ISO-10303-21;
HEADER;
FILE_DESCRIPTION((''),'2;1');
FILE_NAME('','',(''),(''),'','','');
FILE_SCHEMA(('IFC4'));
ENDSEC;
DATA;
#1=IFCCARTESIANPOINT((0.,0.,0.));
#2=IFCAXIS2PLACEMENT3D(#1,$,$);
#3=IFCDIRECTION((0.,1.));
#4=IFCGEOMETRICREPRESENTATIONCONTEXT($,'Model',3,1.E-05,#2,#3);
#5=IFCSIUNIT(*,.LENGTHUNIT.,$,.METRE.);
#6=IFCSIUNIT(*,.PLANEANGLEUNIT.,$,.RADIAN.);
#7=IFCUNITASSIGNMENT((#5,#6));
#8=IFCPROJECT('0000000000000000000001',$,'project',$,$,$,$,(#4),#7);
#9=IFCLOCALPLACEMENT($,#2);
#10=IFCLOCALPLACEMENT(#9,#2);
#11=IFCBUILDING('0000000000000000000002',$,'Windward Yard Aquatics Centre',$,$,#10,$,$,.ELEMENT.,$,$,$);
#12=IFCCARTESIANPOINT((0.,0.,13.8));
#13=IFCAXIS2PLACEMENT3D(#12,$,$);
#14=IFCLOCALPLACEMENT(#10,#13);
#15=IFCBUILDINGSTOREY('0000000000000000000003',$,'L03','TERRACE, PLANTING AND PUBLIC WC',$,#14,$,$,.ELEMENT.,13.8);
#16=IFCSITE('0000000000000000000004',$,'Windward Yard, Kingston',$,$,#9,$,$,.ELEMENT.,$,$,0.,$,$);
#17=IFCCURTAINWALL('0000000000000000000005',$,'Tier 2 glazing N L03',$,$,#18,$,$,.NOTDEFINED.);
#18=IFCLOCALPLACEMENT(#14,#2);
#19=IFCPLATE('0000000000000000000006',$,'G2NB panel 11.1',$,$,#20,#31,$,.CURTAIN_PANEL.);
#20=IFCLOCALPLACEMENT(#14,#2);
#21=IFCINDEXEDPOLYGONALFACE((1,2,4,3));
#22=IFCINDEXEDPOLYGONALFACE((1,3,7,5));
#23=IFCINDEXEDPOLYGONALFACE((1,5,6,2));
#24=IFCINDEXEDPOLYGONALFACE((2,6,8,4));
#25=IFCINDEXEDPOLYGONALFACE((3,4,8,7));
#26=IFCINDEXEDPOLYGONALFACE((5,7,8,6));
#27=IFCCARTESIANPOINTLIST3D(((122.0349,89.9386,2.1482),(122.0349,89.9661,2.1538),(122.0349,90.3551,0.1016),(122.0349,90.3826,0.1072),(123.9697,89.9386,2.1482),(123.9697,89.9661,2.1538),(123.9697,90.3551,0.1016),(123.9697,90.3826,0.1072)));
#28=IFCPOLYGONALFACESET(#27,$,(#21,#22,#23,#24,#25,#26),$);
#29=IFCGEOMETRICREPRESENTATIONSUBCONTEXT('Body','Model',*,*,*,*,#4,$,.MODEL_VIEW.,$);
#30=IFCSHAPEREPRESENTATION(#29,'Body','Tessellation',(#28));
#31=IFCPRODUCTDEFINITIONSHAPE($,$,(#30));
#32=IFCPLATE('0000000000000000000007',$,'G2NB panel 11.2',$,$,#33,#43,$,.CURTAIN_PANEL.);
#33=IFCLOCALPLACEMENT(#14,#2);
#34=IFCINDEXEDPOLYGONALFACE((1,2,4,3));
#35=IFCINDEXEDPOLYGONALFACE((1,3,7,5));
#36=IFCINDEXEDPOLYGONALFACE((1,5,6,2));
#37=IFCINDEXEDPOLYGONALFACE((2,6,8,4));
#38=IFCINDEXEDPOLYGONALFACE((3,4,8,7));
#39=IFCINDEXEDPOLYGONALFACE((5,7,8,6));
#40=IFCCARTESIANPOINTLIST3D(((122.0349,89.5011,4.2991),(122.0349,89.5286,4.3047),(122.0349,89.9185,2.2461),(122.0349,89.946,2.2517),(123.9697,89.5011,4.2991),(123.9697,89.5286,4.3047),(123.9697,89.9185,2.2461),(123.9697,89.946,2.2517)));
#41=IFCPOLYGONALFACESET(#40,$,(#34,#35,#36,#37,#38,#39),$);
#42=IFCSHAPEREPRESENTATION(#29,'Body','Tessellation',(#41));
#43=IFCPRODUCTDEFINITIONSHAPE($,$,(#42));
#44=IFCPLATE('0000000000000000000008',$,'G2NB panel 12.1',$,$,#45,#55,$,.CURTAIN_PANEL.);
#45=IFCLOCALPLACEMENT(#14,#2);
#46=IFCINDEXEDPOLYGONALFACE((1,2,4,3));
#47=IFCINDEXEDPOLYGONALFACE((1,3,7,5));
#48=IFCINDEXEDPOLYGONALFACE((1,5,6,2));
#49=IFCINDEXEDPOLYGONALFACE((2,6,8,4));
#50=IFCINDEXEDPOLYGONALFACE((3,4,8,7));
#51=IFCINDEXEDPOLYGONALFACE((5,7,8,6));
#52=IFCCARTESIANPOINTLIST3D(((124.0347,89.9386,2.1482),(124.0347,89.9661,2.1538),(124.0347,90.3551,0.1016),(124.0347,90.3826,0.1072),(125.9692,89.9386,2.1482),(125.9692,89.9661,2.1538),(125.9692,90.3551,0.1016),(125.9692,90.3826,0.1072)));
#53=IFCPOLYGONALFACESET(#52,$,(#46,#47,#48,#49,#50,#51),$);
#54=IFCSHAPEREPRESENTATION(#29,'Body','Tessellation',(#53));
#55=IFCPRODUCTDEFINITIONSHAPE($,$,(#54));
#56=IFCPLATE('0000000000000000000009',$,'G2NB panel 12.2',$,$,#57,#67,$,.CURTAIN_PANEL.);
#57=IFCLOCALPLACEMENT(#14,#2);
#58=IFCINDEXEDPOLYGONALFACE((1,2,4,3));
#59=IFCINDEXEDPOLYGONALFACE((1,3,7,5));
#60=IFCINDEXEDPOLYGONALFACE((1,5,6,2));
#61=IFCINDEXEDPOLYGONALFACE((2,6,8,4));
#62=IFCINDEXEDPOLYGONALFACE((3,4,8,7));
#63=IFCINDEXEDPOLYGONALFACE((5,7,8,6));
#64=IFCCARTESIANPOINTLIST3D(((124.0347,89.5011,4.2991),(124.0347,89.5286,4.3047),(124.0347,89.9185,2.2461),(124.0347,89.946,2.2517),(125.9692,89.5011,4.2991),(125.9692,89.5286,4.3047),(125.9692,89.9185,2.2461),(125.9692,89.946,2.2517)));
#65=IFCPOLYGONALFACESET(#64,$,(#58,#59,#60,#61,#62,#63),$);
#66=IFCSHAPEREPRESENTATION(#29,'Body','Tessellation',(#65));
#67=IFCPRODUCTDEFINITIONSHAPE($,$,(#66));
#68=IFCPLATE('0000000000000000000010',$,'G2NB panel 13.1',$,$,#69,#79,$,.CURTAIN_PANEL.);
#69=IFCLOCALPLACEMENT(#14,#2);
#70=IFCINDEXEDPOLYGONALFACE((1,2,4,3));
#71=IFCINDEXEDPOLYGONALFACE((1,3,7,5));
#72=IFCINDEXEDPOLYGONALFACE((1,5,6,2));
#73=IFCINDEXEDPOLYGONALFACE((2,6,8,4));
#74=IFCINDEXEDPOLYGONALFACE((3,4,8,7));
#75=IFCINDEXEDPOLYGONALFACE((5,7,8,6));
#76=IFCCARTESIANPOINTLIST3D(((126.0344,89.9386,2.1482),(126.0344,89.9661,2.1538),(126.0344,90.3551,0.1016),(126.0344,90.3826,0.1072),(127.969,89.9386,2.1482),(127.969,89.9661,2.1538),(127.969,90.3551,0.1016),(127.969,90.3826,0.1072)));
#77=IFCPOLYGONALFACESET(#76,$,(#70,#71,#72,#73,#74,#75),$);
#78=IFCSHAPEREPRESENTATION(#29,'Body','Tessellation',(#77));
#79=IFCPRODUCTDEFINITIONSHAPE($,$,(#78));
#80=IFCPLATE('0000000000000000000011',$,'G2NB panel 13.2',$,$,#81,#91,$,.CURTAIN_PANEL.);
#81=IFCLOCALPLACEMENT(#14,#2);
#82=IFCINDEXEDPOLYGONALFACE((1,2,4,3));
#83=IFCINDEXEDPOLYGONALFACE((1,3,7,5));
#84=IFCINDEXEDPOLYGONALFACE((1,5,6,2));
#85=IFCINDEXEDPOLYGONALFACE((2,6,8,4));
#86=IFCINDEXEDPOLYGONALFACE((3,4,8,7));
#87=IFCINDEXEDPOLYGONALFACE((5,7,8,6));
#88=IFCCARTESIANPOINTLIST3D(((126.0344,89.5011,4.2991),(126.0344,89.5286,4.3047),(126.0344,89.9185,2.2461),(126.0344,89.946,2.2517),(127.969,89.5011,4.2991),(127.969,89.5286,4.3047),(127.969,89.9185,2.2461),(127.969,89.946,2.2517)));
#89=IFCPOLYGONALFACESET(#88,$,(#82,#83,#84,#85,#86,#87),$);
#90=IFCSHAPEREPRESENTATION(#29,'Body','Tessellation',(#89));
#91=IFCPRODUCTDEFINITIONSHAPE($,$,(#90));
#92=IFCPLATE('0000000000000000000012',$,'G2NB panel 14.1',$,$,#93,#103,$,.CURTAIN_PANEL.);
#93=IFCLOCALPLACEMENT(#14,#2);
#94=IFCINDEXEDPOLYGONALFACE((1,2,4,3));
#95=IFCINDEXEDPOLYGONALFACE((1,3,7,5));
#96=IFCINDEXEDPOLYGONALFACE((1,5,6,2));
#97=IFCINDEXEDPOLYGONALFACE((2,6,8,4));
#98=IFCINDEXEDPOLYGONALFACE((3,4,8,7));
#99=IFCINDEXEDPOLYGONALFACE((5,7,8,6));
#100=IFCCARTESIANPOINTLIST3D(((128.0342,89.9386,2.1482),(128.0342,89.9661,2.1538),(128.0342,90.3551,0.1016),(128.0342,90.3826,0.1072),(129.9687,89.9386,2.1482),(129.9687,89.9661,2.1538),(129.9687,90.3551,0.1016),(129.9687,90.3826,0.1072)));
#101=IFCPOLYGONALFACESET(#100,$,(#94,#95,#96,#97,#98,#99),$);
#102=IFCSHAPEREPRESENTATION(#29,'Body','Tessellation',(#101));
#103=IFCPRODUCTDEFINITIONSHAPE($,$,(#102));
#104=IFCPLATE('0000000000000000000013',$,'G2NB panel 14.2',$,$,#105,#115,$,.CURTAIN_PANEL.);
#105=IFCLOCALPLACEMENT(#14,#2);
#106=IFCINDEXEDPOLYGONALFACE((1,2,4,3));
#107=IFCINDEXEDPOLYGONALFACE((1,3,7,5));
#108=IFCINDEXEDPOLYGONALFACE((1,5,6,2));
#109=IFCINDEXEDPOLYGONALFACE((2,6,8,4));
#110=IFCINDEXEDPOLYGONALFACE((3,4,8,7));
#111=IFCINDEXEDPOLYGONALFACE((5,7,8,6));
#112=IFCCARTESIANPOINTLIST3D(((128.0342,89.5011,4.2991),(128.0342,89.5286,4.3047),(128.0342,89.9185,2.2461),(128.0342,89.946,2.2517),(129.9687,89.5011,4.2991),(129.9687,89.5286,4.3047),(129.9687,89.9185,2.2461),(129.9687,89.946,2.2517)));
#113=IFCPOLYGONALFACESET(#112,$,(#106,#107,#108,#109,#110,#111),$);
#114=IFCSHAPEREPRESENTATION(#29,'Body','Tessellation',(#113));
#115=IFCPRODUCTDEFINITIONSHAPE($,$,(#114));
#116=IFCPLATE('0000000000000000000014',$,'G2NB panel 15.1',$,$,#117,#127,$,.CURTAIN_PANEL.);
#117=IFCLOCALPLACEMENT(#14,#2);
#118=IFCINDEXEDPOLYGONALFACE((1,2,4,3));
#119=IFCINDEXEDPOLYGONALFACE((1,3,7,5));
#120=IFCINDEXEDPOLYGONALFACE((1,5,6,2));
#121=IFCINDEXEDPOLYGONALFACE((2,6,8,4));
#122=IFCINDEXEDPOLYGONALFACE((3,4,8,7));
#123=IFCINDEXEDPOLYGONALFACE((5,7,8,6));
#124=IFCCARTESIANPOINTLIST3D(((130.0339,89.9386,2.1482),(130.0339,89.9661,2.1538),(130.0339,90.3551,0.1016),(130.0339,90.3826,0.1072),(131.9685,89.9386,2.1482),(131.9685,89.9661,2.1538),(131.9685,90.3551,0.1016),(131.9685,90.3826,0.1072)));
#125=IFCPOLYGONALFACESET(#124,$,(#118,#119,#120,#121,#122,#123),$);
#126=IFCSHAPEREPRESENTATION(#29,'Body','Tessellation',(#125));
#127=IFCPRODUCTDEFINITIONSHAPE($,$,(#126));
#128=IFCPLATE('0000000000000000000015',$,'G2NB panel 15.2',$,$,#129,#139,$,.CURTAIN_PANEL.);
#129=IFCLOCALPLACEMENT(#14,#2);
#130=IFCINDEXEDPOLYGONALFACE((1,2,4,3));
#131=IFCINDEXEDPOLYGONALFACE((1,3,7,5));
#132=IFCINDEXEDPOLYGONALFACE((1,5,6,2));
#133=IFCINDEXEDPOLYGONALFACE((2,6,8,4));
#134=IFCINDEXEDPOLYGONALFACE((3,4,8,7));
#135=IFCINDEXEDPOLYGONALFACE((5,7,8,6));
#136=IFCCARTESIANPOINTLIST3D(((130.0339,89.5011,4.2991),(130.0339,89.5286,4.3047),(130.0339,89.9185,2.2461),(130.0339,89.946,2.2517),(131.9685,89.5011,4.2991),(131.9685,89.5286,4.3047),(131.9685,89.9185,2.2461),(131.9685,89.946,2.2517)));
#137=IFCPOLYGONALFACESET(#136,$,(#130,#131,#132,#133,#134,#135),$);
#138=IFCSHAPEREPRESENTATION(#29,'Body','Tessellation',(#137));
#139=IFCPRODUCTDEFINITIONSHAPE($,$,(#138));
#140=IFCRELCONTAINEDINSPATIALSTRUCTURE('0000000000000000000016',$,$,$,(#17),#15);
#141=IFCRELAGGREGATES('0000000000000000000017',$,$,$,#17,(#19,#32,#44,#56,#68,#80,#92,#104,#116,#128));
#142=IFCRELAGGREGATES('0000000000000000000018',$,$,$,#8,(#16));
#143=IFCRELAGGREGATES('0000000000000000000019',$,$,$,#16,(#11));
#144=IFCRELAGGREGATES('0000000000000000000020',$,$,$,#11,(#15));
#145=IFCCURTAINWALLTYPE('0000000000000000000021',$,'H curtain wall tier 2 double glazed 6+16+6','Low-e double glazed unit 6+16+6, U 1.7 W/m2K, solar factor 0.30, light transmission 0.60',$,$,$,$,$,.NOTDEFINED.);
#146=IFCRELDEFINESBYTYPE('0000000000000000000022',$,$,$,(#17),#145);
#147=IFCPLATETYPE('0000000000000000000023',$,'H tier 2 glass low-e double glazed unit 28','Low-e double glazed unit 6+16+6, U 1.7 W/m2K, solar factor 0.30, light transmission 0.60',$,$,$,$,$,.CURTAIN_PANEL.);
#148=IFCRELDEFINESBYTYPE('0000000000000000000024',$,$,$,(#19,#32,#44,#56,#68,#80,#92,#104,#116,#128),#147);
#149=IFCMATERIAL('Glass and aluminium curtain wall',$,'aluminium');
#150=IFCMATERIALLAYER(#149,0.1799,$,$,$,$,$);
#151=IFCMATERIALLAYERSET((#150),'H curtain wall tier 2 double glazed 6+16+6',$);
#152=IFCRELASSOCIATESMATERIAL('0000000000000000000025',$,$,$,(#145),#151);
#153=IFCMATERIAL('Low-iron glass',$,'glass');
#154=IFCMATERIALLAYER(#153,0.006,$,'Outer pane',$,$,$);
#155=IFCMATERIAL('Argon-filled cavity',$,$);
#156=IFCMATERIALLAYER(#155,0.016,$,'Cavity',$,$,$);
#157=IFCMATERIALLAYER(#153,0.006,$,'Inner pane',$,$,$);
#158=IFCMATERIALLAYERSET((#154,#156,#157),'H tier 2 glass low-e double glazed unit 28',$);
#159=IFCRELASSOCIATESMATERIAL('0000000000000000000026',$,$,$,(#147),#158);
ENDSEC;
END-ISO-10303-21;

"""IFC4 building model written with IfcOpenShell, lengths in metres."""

from ifc_helpers import new_model, si_unit, direction, frame, origin, place, context, subcontext, project, spatial, polyline, outline, extrude, material, layer, layer_set, type_object, element, aggregate, save


model = new_model("IFC4")

# Units and contexts
model_context = context("Model", 3, precision=1e-05, world=origin(), true_north=direction((0.0, 1.0)))
body_context = subcontext(model_context, "Body", "Model", "MODEL_VIEW")
ifc_project = project(units=[si_unit("LENGTHUNIT", "METRE"), si_unit("PLANEANGLEUNIT", "RADIAN")], contexts=[model_context])

# Site, building, storey
site_placement = place(None, origin())
site = spatial("IfcSite", under=ifc_project, at=site_placement, Name="Windward Yard, Kingston", CompositionType="ELEMENT", RefElevation=0.0)
building_placement = place(site_placement, origin())
building = spatial("IfcBuilding", under=site, at=building_placement, Name="Windward Yard Aquatics Centre", CompositionType="ELEMENT")
storey_placement = place(building_placement, frame((0.0, 0.0, 13.8)))
storey = spatial("IfcBuildingStorey", under=building, at=storey_placement, Name="L03", Description="TERRACE, PLANTING AND PUBLIC WC", CompositionType="ELEMENT", Elevation=13.8)

# Curtain wall
ifc_material_1 = material(Name="Glass and aluminium curtain wall", Category="aluminium")
ifc_layer_1 = layer(ifc_material_1, 0.1799)
ifc_layer_set_1 = layer_set([ifc_layer_1], Name="H curtain wall tier 2 double glazed 6+16+6")
curtain_wall_type = type_object("IfcCurtainWallType", Name="H curtain wall tier 2 double glazed 6+16+6", Description="Low-e double glazed unit 6+16+6, U 1.7 W/m2K, solar factor 0.30, light transmission 0.60", PredefinedType="NOTDEFINED", material=ifc_layer_set_1)
curtain_wall_placement = place(storey_placement, origin())
curtain_wall = element("IfcCurtainWall", 1, at=curtain_wall_placement, inside=storey, type_object=curtain_wall_type, Name="Tier 2 glazing N L03", PredefinedType="NOTDEFINED")

# Plates
ifc_material_2 = material(Name="Low-iron glass", Category="glass")
ifc_layer_2 = layer(ifc_material_2, 0.006, Name="Outer pane")
ifc_material_3 = material(Name="Argon-filled cavity")
ifc_layer_3 = layer(ifc_material_3, 0.016, Name="Cavity")
ifc_layer_4 = layer(ifc_material_2, 0.006, Name="Inner pane")
ifc_layer_set_2 = layer_set([ifc_layer_2, ifc_layer_3, ifc_layer_4], Name="H tier 2 glass low-e double glazed unit 28")
plate_type = type_object("IfcPlateType", Name="H tier 2 glass low-e double glazed unit 28", Description="Low-e double glazed unit 6+16+6, U 1.7 W/m2K, solar factor 0.30, light transmission 0.60", PredefinedType="CURTAIN_PANEL", material=ifc_layer_set_2)
plate_1_placement = place(storey_placement, frame((122.0349, 89.9661, 2.1538), z_axis=(0.0, 0.979914, 0.199419), x_axis=(0.0, 0.199419, -0.979914)))
plate_1 = element("IfcPlate", 2, at=plate_1_placement, type_object=plate_type, Name="G2NB panel 11.1", PredefinedType="CURTAIN_PANEL", context=body_context, shape_type="SweptSolid", body=[
    extrude(outline(polyline([(0.0, 0.0), (2.0886, 0.0), (2.0886, -1.9348), (0.0, -1.9348), (0.0, 0.0)])), origin(), (0.0, 0.0, -1.0), 0.0281),
])
plate_2_placement = place(storey_placement, frame((122.0349, 89.5286, 4.3047), z_axis=(0.0, 0.979944, 0.199275), x_axis=(0.0, 0.199275, -0.979944)))
plate_2 = element("IfcPlate", 3, at=plate_2_placement, type_object=plate_type, Name="G2NB panel 11.2", PredefinedType="CURTAIN_PANEL", context=body_context, shape_type="SweptSolid", body=[
    extrude(outline(polyline([(0.0, 0.0), (2.095, 0.0), (2.095, -1.9348), (0.0, -1.9348), (0.0, 0.0)])), origin(), (0.0, 0.0, -1.0), 0.0281),
])
plate_3_placement = place(storey_placement, frame((124.0347, 89.9661, 2.1538), z_axis=(0.0, 0.979914, 0.199419), x_axis=(0.0, 0.199419, -0.979914)))
plate_3 = element("IfcPlate", 4, at=plate_3_placement, type_object=plate_type, Name="G2NB panel 12.1", PredefinedType="CURTAIN_PANEL", context=body_context, shape_type="SweptSolid", body=[
    extrude(outline(polyline([(0.0, 0.0), (2.0886, 0.0), (2.0886, -1.9346), (0.0, -1.9346), (0.0, 0.0)])), origin(), (0.0, 0.0, -1.0), 0.0281),
])
plate_4_placement = place(storey_placement, frame((124.0347, 89.5286, 4.3047), z_axis=(0.0, 0.979944, 0.199275), x_axis=(0.0, 0.199275, -0.979944)))
plate_4 = element("IfcPlate", 5, at=plate_4_placement, type_object=plate_type, Name="G2NB panel 12.2", PredefinedType="CURTAIN_PANEL", context=body_context, shape_type="SweptSolid", body=[
    extrude(outline(polyline([(0.0, 0.0), (2.095, 0.0), (2.095, -1.9346), (0.0, -1.9346), (0.0, 0.0)])), origin(), (0.0, 0.0, -1.0), 0.0281),
])
plate_5_placement = place(storey_placement, frame((126.0344, 89.9661, 2.1538), z_axis=(0.0, 0.979914, 0.199419), x_axis=(0.0, 0.199419, -0.979914)))
plate_5 = element("IfcPlate", 6, at=plate_5_placement, type_object=plate_type, Name="G2NB panel 13.1", PredefinedType="CURTAIN_PANEL", context=body_context, shape_type="SweptSolid", body=[
    extrude(outline(polyline([(0.0, 0.0), (2.0886, 0.0), (2.0886, -1.9346), (0.0, -1.9346), (0.0, 0.0)])), origin(), (0.0, 0.0, -1.0), 0.0281),
])
plate_6_placement = place(storey_placement, frame((126.0344, 89.5286, 4.3047), z_axis=(0.0, 0.979944, 0.199275), x_axis=(0.0, 0.199275, -0.979944)))
plate_6 = element("IfcPlate", 7, at=plate_6_placement, type_object=plate_type, Name="G2NB panel 13.2", PredefinedType="CURTAIN_PANEL", context=body_context, shape_type="SweptSolid", body=[
    extrude(outline(polyline([(0.0, 0.0), (2.095, 0.0), (2.095, -1.9346), (0.0, -1.9346), (0.0, 0.0)])), origin(), (0.0, 0.0, -1.0), 0.0281),
])
plate_7_placement = place(storey_placement, frame((128.0342, 89.9661, 2.1538), z_axis=(0.0, 0.979914, 0.199419), x_axis=(0.0, 0.199419, -0.979914)))
plate_7 = element("IfcPlate", 8, at=plate_7_placement, type_object=plate_type, Name="G2NB panel 14.1", PredefinedType="CURTAIN_PANEL", context=body_context, shape_type="SweptSolid", body=[
    extrude(outline(polyline([(0.0, 0.0), (2.0886, 0.0), (2.0886, -1.9346), (0.0, -1.9346), (0.0, 0.0)])), origin(), (0.0, 0.0, -1.0), 0.0281),
])
plate_8_placement = place(storey_placement, frame((128.0342, 89.5286, 4.3047), z_axis=(0.0, 0.979944, 0.199275), x_axis=(0.0, 0.199275, -0.979944)))
plate_8 = element("IfcPlate", 9, at=plate_8_placement, type_object=plate_type, Name="G2NB panel 14.2", PredefinedType="CURTAIN_PANEL", context=body_context, shape_type="SweptSolid", body=[
    extrude(outline(polyline([(0.0, 0.0), (2.095, 0.0), (2.095, -1.9346), (0.0, -1.9346), (0.0, 0.0)])), origin(), (0.0, 0.0, -1.0), 0.0281),
])
plate_9_placement = place(storey_placement, frame((130.0339, 89.9661, 2.1538), z_axis=(0.0, 0.979914, 0.199419), x_axis=(0.0, 0.199419, -0.979914)))
plate_9 = element("IfcPlate", 10, at=plate_9_placement, type_object=plate_type, Name="G2NB panel 15.1", PredefinedType="CURTAIN_PANEL", context=body_context, shape_type="SweptSolid", body=[
    extrude(outline(polyline([(0.0, 0.0), (2.0886, 0.0), (2.0886, -1.9346), (0.0, -1.9346), (0.0, 0.0)])), origin(), (0.0, 0.0, -1.0), 0.0281),
])
plate_10_placement = place(storey_placement, frame((130.0339, 89.5286, 4.3047), z_axis=(0.0, 0.979944, 0.199275), x_axis=(0.0, 0.199275, -0.979944)))
plate_10 = element("IfcPlate", 11, at=plate_10_placement, type_object=plate_type, Name="G2NB panel 15.2", PredefinedType="CURTAIN_PANEL", context=body_context, shape_type="SweptSolid", body=[
    extrude(outline(polyline([(0.0, 0.0), (2.095, 0.0), (2.095, -1.9346), (0.0, -1.9346), (0.0, 0.0)])), origin(), (0.0, 0.0, -1.0), 0.0281),
])
aggregate(curtain_wall, [plate_1, plate_2, plate_3, plate_4, plate_5, plate_6, plate_7, plate_8, plate_9, plate_10])

save(model, "model.ifc")
